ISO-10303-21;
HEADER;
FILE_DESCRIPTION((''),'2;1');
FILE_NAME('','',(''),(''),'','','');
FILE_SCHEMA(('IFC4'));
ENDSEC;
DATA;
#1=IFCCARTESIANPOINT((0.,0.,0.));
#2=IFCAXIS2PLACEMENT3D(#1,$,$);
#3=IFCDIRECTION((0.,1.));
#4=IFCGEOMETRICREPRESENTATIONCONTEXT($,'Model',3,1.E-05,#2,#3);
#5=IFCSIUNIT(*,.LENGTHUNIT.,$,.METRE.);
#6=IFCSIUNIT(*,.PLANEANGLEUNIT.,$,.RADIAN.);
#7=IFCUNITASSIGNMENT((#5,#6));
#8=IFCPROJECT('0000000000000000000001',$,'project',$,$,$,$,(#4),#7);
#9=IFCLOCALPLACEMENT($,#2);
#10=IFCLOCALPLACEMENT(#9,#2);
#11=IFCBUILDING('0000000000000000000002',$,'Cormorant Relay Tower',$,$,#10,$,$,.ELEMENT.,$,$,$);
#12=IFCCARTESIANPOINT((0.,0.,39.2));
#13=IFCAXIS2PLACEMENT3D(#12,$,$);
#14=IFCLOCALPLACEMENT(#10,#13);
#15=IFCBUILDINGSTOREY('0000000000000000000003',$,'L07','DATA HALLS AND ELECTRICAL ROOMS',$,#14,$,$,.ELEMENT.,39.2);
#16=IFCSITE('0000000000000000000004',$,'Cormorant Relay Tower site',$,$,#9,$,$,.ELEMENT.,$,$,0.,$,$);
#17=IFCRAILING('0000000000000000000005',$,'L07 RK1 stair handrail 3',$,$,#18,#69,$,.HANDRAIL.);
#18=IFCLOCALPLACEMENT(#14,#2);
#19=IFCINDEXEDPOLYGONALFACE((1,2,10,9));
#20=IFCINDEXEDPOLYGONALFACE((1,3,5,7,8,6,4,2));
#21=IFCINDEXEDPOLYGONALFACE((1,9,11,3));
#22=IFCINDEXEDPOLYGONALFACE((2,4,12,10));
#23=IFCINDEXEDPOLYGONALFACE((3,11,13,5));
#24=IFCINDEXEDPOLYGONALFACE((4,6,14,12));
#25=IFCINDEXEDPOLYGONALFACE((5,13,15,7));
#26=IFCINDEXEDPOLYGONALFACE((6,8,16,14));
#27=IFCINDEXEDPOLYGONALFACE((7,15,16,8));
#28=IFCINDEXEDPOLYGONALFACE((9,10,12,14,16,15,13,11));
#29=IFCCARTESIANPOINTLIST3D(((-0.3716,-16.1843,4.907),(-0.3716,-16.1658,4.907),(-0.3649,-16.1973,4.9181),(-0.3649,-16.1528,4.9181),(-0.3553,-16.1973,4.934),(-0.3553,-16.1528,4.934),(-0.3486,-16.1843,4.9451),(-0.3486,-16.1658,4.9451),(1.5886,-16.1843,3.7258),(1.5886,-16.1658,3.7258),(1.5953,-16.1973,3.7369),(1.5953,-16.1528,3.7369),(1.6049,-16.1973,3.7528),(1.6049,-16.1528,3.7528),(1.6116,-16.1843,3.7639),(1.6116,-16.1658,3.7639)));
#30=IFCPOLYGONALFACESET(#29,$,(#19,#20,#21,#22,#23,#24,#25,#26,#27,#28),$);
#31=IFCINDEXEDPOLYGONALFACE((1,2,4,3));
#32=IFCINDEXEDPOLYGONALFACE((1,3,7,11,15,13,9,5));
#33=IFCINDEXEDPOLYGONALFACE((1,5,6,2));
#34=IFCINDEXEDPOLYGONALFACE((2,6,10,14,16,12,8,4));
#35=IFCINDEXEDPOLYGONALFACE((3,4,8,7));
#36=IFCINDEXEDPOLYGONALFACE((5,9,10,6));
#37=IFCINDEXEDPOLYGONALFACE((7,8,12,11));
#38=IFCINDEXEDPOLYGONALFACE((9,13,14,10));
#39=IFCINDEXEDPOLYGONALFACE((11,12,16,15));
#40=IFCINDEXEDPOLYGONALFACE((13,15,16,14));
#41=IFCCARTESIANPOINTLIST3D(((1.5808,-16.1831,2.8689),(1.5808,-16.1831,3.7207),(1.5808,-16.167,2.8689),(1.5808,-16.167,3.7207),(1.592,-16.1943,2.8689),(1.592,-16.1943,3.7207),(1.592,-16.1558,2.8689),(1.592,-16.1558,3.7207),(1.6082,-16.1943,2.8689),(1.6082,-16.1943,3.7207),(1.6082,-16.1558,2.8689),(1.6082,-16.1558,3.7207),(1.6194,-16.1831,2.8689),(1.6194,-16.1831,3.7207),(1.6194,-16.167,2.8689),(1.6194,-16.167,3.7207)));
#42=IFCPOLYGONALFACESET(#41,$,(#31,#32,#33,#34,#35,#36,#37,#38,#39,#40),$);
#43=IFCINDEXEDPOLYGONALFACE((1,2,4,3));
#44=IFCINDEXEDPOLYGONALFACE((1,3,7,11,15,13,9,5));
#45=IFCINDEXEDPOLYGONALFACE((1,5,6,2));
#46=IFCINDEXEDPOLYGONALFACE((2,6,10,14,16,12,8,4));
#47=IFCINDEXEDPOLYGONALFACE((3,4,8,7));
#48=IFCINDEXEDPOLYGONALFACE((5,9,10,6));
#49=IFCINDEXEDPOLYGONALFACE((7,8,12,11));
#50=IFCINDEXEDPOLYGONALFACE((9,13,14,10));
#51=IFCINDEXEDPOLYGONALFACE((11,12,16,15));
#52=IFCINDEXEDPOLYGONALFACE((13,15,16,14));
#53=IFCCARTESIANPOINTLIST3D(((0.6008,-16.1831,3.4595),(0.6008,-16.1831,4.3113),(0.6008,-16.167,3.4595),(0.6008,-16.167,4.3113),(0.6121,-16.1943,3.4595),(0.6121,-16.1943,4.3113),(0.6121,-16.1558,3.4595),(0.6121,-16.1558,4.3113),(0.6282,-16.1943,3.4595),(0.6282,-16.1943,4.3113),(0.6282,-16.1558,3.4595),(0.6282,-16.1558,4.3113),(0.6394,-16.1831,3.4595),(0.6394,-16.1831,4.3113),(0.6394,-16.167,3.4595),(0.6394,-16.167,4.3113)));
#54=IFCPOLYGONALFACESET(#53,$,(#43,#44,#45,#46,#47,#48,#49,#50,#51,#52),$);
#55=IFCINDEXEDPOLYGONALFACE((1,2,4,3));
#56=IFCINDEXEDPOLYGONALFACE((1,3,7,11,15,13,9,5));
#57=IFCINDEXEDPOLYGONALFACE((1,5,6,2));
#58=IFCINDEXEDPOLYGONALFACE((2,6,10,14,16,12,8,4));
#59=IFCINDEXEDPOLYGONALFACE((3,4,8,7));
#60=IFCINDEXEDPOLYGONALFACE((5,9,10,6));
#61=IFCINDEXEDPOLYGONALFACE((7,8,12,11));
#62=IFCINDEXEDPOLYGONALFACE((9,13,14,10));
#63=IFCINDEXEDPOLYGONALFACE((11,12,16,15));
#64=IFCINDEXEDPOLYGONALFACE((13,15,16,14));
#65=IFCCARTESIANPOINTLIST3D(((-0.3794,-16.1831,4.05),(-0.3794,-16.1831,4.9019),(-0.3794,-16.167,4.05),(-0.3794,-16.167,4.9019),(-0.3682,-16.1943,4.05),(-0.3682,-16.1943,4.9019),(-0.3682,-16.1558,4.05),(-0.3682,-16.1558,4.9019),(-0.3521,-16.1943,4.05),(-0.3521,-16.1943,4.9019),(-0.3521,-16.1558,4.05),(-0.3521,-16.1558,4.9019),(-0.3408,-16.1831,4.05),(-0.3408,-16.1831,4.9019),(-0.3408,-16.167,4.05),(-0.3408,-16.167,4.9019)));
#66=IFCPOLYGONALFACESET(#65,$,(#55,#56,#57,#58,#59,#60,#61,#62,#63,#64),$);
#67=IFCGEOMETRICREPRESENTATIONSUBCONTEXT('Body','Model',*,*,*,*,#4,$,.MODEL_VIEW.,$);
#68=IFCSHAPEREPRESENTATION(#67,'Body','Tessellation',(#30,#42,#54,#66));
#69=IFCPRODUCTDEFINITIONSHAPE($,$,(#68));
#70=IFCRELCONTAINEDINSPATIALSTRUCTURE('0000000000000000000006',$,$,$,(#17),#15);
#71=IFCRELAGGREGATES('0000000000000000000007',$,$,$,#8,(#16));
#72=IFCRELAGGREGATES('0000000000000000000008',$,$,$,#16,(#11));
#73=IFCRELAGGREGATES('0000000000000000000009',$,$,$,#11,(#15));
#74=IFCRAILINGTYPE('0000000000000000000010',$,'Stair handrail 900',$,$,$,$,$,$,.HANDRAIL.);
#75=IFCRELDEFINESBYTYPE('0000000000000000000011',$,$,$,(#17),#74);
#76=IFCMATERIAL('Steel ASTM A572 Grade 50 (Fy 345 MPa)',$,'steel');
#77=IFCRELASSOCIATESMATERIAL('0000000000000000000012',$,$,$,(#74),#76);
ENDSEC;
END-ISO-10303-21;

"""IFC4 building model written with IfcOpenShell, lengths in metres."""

from ifc_helpers import new_model, si_unit, direction, frame, origin, place, context, subcontext, project, spatial, polyline, outline, extrude, material, type_object, element, save


model = new_model("IFC4")

# Units and contexts
model_context = context("Model", 3, precision=1e-05, world=origin(), true_north=direction((0.0, 1.0)))
body_context = subcontext(model_context, "Body", "Model", "MODEL_VIEW")
ifc_project = project(units=[si_unit("LENGTHUNIT", "METRE"), si_unit("PLANEANGLEUNIT", "RADIAN")], contexts=[model_context])

# Site, building, storey
site_placement = place(None, origin())
site = spatial("IfcSite", under=ifc_project, at=site_placement, Name="Cormorant Relay Tower site", CompositionType="ELEMENT", RefElevation=0.0)
building_placement = place(site_placement, origin())
building = spatial("IfcBuilding", under=site, at=building_placement, Name="Cormorant Relay Tower", CompositionType="ELEMENT")
storey_placement = place(building_placement, frame((0.0, 0.0, 39.2)))
storey = spatial("IfcBuildingStorey", under=building, at=storey_placement, Name="L07", Description="DATA HALLS AND ELECTRICAL ROOMS", CompositionType="ELEMENT", Elevation=39.2)

# Railing
ifc_material_1 = material(Name="Steel ASTM A572 Grade 50 (Fy 345 MPa)", Category="steel")
railing_type_1 = type_object("IfcRailingType", Name="Stair handrail 900", PredefinedType="HANDRAIL", material=ifc_material_1)
railing_1_placement = place(storey_placement, frame((1.6001, -16.175, 2.8689)))
element("IfcRailing", 1, at=railing_1_placement, inside=storey, type_object=railing_type_1, Name="L07 RK1 stair handrail 3", PredefinedType="HANDRAIL", context=body_context, shape_type="SweptSolid", body=[
    extrude(outline(polyline([(0.0222, 0.0093), (0.0093, 0.0222), (-0.0093, 0.0222), (-0.0222, 0.0093), (-0.0222, -0.0093), (-0.0093, -0.0222), (0.0093, -0.0222), (0.0222, -0.0093), (0.0222, 0.0093)])), frame((0.0, 0.0, 0.876), z_axis=(-0.856522, 0.0, 0.516111), x_axis=(0.0, -1.0, 0.0)), (0.0, 0.0, 1.0), 2.2886),
    extrude(outline(polyline([(0.0193, 0.0081), (0.0081, 0.0193), (-0.0081, 0.0193), (-0.0193, 0.0081), (-0.0193, -0.0081), (-0.0081, -0.0193), (0.0081, -0.0193), (0.0193, -0.0081), (0.0193, 0.0081)])), origin(), (0.0, 0.0, 1.0), 0.8518),
    extrude(outline(polyline([(0.0193, 0.0081), (0.0081, 0.0193), (-0.0081, 0.0193), (-0.0193, 0.0081), (-0.0193, -0.0081), (-0.0081, -0.0193), (0.0081, -0.0193), (0.0193, -0.0081), (0.0193, 0.0081)])), frame((-0.98, 0.0, 0.5906)), (0.0, 0.0, 1.0), 0.8518),
    extrude(outline(polyline([(0.0193, 0.0081), (0.0081, 0.0193), (-0.0081, 0.0193), (-0.0193, 0.0081), (-0.0193, -0.0081), (-0.0081, -0.0193), (0.0081, -0.0193), (0.0193, -0.0081), (0.0193, 0.0081)])), frame((-1.9602, 0.0, 1.1812)), (0.0, 0.0, 1.0), 0.8518),
])

save(model, "model.ifc")
